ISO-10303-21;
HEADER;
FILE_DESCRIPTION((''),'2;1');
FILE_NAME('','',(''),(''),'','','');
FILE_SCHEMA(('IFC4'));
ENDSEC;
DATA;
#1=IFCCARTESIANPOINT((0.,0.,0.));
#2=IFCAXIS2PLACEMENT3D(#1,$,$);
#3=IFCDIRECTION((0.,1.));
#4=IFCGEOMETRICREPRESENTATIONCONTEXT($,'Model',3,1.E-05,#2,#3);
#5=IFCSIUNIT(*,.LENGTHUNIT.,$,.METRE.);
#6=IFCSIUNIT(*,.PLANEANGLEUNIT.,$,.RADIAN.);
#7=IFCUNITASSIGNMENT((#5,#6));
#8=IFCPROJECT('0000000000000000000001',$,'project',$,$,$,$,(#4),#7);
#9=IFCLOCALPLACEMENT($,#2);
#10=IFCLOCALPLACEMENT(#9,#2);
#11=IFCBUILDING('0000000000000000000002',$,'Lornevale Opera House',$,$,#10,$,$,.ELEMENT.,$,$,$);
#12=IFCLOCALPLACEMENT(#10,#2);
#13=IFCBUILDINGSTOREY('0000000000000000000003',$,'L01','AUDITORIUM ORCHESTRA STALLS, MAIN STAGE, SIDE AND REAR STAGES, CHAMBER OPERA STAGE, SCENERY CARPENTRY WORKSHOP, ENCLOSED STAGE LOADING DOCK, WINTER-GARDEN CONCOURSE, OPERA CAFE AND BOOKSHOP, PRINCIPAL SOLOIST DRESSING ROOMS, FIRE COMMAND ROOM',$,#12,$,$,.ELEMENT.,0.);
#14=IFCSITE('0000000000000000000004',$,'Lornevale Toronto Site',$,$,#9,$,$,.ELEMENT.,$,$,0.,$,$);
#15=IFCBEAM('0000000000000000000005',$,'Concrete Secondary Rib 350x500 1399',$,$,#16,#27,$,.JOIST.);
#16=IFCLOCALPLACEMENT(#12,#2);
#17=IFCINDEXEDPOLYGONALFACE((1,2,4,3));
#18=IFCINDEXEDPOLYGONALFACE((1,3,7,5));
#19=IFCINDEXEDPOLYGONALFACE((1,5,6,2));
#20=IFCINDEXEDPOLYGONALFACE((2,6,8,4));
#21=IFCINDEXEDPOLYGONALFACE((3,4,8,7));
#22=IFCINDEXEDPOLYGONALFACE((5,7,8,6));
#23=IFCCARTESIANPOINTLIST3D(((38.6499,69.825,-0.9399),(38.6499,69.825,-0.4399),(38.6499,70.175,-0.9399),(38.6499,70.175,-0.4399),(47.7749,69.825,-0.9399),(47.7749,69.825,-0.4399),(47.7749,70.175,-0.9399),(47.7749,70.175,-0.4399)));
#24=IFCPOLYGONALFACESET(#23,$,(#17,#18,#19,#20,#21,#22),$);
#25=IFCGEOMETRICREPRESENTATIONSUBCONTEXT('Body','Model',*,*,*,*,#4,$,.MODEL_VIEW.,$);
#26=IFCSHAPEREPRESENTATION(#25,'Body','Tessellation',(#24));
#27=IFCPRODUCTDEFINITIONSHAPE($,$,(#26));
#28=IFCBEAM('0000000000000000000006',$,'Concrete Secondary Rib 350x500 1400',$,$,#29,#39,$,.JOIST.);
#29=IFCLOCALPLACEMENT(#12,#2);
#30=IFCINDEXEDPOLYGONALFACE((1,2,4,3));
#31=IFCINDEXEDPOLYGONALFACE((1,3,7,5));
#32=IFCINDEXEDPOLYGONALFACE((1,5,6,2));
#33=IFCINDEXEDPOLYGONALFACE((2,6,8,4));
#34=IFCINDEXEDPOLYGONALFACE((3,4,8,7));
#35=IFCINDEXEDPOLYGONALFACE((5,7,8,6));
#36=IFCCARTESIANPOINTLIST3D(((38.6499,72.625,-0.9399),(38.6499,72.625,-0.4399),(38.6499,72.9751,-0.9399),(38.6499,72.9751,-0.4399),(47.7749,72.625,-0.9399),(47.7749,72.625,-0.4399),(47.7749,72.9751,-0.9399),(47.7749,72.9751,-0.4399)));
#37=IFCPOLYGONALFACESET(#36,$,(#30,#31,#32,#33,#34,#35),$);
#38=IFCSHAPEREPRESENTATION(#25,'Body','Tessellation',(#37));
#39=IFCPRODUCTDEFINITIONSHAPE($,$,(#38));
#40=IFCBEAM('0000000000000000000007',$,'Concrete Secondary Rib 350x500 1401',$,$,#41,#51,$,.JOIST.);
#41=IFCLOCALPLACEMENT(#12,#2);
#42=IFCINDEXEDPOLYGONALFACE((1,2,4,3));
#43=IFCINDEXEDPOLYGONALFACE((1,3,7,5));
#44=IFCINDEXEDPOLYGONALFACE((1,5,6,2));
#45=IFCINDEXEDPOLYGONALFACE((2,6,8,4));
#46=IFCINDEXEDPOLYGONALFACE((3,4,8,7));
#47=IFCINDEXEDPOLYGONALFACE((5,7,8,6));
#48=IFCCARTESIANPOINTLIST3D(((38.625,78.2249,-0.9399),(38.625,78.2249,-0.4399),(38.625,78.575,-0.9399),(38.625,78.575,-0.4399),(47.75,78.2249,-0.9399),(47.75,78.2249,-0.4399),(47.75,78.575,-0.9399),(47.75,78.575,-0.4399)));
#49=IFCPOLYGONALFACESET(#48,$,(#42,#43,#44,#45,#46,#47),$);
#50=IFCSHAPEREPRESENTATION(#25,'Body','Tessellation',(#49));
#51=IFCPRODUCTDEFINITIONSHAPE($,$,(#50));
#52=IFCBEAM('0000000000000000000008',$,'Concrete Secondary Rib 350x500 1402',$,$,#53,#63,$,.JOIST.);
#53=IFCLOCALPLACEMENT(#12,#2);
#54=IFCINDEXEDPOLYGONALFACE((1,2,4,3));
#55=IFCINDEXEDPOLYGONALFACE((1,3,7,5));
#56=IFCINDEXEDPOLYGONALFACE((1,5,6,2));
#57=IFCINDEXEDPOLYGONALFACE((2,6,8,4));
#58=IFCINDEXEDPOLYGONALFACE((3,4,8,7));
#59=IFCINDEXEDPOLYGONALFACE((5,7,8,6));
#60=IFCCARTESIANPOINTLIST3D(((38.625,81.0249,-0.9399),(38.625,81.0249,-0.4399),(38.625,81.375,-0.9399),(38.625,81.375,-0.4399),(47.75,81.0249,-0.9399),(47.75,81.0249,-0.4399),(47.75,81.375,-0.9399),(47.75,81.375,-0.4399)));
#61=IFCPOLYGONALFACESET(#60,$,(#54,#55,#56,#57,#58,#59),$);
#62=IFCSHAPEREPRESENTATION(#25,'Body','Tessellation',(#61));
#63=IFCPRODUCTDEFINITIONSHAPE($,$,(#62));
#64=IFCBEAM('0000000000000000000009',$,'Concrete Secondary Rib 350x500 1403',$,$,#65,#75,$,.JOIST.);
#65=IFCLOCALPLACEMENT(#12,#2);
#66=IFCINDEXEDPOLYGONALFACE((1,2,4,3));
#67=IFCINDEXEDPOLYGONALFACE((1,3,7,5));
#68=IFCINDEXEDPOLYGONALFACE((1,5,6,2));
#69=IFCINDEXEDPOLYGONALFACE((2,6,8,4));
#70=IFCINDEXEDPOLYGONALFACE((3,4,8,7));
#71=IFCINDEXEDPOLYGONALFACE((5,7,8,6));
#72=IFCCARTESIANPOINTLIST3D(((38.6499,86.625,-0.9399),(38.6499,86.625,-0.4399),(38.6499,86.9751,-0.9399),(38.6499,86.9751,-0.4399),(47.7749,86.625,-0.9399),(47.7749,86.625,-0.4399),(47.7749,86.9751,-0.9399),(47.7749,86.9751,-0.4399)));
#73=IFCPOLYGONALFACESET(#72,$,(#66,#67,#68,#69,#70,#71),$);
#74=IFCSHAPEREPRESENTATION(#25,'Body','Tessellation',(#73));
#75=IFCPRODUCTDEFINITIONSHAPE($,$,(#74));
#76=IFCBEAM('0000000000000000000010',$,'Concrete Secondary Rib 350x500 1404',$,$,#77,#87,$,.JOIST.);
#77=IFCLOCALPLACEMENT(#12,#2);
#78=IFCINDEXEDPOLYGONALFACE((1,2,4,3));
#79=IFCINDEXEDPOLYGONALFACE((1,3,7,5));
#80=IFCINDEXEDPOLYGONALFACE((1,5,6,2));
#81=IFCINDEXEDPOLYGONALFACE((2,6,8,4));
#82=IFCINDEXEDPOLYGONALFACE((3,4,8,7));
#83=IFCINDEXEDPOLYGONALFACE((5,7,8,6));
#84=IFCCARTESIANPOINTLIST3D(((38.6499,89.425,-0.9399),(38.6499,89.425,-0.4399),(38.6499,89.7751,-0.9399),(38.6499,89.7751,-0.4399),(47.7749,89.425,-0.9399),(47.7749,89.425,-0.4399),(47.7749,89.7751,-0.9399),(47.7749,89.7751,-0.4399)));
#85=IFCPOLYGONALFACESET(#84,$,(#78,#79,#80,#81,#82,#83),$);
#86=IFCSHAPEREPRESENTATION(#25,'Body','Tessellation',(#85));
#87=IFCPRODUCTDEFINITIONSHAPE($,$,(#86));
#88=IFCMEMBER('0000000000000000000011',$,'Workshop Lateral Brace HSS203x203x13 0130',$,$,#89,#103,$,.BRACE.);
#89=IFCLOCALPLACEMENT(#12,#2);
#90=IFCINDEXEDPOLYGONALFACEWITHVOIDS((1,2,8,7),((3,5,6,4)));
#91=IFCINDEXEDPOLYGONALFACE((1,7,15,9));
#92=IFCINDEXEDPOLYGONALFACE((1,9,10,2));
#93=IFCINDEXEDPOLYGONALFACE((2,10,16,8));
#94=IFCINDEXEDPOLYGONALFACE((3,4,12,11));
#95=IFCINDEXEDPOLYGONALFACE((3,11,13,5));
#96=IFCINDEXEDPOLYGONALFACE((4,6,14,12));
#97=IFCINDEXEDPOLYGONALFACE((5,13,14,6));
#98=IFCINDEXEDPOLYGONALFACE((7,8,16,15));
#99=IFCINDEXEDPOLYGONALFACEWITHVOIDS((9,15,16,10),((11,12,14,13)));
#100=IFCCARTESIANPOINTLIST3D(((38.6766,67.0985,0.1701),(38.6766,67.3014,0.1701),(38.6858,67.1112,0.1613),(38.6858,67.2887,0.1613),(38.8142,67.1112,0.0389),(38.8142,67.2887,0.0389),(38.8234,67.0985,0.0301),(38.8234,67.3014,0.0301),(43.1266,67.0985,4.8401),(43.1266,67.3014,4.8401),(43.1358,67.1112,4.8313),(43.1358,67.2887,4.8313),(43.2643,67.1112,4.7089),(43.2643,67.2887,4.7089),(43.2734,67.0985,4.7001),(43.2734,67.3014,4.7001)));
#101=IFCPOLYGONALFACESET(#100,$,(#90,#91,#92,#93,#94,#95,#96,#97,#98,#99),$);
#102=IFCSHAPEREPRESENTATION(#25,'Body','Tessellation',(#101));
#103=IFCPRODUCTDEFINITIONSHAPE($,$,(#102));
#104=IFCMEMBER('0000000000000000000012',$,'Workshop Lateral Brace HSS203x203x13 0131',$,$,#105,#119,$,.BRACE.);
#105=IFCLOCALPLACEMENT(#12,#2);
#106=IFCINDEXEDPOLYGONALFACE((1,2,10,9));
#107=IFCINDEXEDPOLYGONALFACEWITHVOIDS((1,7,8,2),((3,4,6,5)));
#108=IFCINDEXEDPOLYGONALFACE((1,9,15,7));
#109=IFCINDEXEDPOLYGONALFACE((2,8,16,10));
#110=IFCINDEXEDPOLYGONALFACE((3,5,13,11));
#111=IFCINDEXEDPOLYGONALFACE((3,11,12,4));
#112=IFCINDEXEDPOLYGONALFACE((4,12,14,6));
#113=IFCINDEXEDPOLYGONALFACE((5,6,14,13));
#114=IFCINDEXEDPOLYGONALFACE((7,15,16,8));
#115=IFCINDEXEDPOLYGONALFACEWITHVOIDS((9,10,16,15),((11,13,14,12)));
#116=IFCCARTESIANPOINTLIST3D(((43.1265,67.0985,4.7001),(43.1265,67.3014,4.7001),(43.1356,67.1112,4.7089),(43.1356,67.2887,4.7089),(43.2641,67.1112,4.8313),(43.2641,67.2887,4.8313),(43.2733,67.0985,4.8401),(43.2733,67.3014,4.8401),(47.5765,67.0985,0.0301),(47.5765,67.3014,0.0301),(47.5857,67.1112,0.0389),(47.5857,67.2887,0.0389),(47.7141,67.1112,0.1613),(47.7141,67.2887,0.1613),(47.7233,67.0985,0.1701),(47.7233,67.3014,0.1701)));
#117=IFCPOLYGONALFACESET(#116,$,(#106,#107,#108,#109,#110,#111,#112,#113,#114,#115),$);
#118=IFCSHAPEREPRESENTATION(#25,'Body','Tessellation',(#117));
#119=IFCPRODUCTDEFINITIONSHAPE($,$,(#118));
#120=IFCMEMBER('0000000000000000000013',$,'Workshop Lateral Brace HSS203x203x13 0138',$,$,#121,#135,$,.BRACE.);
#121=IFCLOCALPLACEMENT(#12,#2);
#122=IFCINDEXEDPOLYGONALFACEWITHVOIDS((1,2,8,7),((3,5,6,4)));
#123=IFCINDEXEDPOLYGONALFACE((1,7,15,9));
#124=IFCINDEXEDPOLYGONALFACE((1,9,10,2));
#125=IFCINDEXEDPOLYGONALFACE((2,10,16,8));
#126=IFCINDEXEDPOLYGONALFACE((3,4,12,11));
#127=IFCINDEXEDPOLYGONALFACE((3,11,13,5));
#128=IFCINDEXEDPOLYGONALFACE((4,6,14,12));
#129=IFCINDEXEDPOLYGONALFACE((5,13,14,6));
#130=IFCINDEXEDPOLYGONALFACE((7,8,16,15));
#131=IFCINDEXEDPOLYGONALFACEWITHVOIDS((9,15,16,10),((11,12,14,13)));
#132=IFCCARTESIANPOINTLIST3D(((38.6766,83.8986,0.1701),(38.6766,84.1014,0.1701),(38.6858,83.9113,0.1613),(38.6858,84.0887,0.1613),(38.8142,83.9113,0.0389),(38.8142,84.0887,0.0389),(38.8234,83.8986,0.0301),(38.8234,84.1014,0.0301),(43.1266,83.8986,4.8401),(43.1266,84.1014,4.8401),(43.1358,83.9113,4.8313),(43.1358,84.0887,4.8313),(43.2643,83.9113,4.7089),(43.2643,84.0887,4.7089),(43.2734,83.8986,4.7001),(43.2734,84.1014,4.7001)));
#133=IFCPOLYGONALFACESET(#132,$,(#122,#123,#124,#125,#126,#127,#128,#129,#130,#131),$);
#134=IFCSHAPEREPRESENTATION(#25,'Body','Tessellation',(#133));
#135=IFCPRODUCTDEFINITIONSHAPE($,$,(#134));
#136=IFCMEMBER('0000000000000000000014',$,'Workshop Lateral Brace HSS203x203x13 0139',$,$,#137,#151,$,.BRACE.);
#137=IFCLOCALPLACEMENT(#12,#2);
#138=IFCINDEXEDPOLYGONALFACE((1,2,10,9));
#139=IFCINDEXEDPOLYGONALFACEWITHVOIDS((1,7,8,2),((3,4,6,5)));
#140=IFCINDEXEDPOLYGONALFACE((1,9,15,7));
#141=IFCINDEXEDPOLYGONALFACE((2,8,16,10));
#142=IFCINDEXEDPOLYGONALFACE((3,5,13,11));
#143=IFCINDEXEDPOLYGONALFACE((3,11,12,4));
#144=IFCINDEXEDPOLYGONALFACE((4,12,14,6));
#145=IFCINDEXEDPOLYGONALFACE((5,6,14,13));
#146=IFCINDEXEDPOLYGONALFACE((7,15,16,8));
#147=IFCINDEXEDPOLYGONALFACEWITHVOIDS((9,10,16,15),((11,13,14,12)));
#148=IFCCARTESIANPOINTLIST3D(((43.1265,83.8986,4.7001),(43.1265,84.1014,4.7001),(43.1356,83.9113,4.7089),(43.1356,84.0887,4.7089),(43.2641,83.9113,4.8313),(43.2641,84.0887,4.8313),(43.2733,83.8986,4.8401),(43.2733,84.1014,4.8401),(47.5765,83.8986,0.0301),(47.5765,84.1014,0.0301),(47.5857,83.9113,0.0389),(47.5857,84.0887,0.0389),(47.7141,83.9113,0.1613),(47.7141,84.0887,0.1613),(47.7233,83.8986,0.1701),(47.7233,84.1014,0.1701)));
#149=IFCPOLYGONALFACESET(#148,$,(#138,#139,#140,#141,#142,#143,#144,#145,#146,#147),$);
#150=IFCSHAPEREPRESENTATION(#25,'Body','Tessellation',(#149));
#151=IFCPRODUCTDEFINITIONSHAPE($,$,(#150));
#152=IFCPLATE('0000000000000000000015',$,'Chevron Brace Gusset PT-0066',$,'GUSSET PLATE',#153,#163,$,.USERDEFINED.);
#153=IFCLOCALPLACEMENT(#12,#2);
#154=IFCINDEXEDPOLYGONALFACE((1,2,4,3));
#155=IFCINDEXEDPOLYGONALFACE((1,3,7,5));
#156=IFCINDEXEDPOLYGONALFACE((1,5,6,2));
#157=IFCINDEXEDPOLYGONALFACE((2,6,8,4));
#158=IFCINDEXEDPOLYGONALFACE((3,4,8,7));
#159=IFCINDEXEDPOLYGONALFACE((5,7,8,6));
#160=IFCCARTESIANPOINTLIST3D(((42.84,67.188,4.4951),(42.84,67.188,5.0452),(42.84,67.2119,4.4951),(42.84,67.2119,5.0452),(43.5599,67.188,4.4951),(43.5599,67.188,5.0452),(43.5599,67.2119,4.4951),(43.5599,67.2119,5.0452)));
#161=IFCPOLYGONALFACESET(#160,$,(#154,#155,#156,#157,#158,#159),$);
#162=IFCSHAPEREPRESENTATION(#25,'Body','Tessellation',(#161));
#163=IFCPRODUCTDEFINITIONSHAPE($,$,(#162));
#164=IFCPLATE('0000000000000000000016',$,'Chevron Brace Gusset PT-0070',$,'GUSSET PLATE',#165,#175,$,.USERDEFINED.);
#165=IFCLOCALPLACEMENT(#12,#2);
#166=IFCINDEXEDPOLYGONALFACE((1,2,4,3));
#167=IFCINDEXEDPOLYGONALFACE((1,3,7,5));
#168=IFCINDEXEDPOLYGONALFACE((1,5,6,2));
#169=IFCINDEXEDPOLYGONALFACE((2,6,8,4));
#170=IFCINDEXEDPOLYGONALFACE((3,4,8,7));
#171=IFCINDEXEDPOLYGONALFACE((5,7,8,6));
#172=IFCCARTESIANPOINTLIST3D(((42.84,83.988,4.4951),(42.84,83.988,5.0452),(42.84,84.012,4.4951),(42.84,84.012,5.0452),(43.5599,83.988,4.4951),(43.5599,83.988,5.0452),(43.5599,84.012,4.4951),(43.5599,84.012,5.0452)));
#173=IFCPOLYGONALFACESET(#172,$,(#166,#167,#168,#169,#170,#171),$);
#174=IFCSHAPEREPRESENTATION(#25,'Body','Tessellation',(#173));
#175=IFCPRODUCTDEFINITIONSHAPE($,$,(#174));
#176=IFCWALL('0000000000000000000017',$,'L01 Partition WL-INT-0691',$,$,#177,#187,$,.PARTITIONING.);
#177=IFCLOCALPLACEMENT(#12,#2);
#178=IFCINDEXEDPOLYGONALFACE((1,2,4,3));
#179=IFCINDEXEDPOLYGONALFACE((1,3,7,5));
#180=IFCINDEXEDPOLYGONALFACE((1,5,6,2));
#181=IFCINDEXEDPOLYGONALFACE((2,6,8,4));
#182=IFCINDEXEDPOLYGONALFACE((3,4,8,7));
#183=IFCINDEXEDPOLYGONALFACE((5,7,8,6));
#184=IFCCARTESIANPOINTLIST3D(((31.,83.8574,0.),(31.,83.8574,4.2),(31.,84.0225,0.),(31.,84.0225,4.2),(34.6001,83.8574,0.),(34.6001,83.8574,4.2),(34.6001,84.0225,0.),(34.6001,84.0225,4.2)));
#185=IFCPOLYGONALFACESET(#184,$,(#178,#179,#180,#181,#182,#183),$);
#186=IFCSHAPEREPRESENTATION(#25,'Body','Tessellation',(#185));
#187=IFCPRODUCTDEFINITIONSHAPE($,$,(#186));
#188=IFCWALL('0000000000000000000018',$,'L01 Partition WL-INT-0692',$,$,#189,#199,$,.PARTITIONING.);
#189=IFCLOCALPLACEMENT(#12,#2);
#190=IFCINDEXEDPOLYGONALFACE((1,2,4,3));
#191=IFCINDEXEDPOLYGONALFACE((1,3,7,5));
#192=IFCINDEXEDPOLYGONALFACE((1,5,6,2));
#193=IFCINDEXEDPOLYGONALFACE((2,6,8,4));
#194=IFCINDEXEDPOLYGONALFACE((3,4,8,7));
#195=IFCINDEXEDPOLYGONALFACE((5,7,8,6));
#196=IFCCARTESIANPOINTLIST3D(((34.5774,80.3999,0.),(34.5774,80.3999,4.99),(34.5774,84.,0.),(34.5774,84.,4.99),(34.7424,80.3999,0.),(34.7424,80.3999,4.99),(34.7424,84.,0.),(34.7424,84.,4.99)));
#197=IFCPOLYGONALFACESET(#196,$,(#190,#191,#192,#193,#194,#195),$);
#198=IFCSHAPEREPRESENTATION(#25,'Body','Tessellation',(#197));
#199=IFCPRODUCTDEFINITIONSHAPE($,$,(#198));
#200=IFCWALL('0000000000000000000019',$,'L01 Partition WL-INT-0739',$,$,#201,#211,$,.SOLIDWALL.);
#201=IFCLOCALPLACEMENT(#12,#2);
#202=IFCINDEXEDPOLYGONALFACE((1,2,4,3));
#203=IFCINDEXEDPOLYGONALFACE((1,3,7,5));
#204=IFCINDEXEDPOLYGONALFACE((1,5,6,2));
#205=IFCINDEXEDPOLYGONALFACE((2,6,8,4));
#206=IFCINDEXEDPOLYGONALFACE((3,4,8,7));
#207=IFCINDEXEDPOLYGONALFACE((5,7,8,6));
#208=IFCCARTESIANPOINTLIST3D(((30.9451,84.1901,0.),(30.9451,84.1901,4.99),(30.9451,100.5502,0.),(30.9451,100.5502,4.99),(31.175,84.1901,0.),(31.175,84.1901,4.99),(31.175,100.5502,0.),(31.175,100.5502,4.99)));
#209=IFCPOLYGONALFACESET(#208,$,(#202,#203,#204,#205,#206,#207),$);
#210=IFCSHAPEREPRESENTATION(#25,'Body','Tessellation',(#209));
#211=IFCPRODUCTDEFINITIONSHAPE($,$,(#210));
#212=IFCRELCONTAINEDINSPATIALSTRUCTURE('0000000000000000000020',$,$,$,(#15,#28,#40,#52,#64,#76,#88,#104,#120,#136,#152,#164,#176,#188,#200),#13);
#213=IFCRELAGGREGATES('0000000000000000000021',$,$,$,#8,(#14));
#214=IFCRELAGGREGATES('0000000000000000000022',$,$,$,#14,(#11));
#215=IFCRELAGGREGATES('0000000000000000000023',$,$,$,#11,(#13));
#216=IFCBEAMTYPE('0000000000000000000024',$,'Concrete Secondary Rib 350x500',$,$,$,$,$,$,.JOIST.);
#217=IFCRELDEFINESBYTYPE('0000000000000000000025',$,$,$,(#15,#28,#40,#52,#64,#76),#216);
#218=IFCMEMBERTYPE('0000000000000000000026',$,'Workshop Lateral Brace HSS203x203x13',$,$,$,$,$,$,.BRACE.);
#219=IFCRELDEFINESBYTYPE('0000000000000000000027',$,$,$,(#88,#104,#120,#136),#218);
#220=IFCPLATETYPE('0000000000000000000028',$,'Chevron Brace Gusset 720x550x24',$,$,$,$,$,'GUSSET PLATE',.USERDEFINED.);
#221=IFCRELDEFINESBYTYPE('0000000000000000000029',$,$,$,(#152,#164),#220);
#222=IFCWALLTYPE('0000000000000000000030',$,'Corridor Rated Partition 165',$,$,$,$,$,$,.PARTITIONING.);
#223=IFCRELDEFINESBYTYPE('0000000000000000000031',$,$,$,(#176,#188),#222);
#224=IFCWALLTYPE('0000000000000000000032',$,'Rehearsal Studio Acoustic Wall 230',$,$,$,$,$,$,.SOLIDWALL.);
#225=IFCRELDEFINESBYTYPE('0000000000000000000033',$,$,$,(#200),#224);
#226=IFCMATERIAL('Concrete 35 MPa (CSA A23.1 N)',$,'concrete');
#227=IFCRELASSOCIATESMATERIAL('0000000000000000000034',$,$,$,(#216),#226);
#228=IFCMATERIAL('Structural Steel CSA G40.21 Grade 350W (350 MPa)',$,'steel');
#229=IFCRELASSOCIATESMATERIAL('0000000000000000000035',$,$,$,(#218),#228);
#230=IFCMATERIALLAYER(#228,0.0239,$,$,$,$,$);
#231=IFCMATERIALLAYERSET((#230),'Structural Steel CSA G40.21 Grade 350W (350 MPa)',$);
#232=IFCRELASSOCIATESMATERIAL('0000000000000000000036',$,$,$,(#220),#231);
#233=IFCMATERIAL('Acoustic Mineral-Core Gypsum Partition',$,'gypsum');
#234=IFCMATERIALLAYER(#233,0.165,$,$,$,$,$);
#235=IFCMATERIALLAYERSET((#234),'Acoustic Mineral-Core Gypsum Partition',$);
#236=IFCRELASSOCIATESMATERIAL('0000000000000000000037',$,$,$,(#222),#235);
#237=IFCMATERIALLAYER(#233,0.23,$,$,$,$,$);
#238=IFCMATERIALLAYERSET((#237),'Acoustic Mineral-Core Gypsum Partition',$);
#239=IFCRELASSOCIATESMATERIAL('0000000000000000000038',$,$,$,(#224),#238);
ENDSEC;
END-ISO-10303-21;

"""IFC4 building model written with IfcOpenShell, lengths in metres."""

from ifc_helpers import new_model, si_unit, direction, frame, frame_2d, origin, origin_2d, place, context, subcontext, project, spatial, rectangle, hollow_rectangle, extrude, material, layer, layer_set, material_profile, profile_set, type_object, element, save


model = new_model("IFC4")

# Units and contexts
model_context = context("Model", 3, precision=1e-05, world=origin(), true_north=direction((0.0, 1.0)))
body_context = subcontext(model_context, "Body", "Model", "MODEL_VIEW")
ifc_project = project(units=[si_unit("LENGTHUNIT", "METRE"), si_unit("PLANEANGLEUNIT", "RADIAN")], contexts=[model_context])

# Site, building, storey
site_placement = place(None, origin())
site = spatial("IfcSite", under=ifc_project, at=site_placement, Name="Lornevale Toronto Site", CompositionType="ELEMENT", RefElevation=0.0)
building_placement = place(site_placement, origin())
building = spatial("IfcBuilding", under=site, at=building_placement, Name="Lornevale Opera House", CompositionType="ELEMENT")
storey_placement = place(building_placement, origin())
storey = spatial("IfcBuildingStorey", under=building, at=storey_placement, Name="L01", Description="AUDITORIUM ORCHESTRA STALLS, MAIN STAGE, SIDE AND REAR STAGES, CHAMBER OPERA STAGE, SCENERY CARPENTRY WORKSHOP, ENCLOSED STAGE LOADING DOCK, WINTER-GARDEN CONCOURSE, OPERA CAFE AND BOOKSHOP, PRINCIPAL SOLOIST DRESSING ROOMS, FIRE COMMAND ROOM", CompositionType="ELEMENT", Elevation=0.0)

# Beams
ifc_material_1 = material(Name="Concrete 35 MPa (CSA A23.1 N)", Category="concrete")
ifc_material_profile_1 = material_profile(ifc_material_1, rectangle(XDim=0.3501, YDim=0.5, at=origin_2d()), Name="RC350x500")
ifc_profile_set_1 = profile_set([ifc_material_profile_1], Name="Concrete 35 MPa (CSA A23.1 N)")
beam_type_1 = type_object("IfcBeamType", Name="Concrete Secondary Rib 350x500", PredefinedType="JOIST", material=ifc_profile_set_1)
for number, where, z_axis, x_axis, name in (
    (1, (38.6499, 70.0, -0.6899), (1.0, 0.0, 0.0), (0.0, 1.0, 0.0), "Concrete Secondary Rib 350x500 1399"),
    (2, (38.6499, 72.8, -0.6899), (1.0, 0.0, 0.0), (0.0, 1.0, 0.0), "Concrete Secondary Rib 350x500 1400"),
    (3, (38.625, 78.3999, -0.6899), (1.0, 0.0, 0.0), (0.0, 1.0, 0.0), "Concrete Secondary Rib 350x500 1401"),
    (4, (38.625, 81.2, -0.6899), (1.0, 0.0, 0.0), (0.0, 1.0, 0.0), "Concrete Secondary Rib 350x500 1402"),
    (5, (38.6499, 86.8, -0.6899), (1.0, 0.0, 0.0), (0.0, 1.0, 0.0), "Concrete Secondary Rib 350x500 1403"),
    (6, (38.6499, 89.6001, -0.6899), (1.0, 0.0, 0.0), (0.0, 1.0, 0.0), "Concrete Secondary Rib 350x500 1404"),
):
    element("IfcBeam", number, at=place(storey_placement, frame(where, z_axis=z_axis, x_axis=x_axis)), inside=storey, type_object=beam_type_1, Name=name, PredefinedType="JOIST", context=body_context, shape_type="SweptSolid", body=[
        extrude(rectangle(XDim=0.3501, YDim=0.5, at=origin_2d()), origin(), (0.0, 0.0, 1.0), 9.125),
    ])

# Members
ifc_material_2 = material(Name="Structural Steel CSA G40.21 Grade 350W (350 MPa)", Category="steel")
ifc_material_profile_2 = material_profile(ifc_material_2, hollow_rectangle(XDim=0.2029, YDim=0.2029, WallThickness=0.0127, at=origin_2d()), Name="HSS203x203x13")
ifc_profile_set_2 = profile_set([ifc_material_profile_2], Name="Structural Steel CSA G40.21 Grade 350W (350 MPa)")
member_type = type_object("IfcMemberType", Name="Workshop Lateral Brace HSS203x203x13", PredefinedType="BRACE", material=ifc_profile_set_2)
for number, where, z_axis, x_axis, name in (
    (7, (38.75, 67.2, 0.1001), (0.689851, 0.0, 0.723952), (0.0, 1.0, 0.0), "Workshop Lateral Brace HSS203x203x13 0130"),
    (8, (47.6499, 67.2, 0.1001), (-0.689851, 0.0, 0.723952), (0.0, -1.0, 0.0), "Workshop Lateral Brace HSS203x203x13 0131"),
    (9, (38.75, 84.0, 0.1001), (0.689851, 0.0, 0.723952), (0.0, 1.0, 0.0), "Workshop Lateral Brace HSS203x203x13 0138"),
    (10, (47.6499, 84.0, 0.1001), (-0.689851, 0.0, 0.723952), (0.0, -1.0, 0.0), "Workshop Lateral Brace HSS203x203x13 0139"),
):
    element("IfcMember", number, at=place(storey_placement, frame(where, z_axis=z_axis, x_axis=x_axis)), inside=storey, type_object=member_type, Name=name, PredefinedType="BRACE", context=body_context, shape_type="SweptSolid", body=[
        extrude(hollow_rectangle(XDim=0.2029, YDim=0.2029, WallThickness=0.0127, at=origin_2d()), origin(), (0.0, 0.0, 1.0), 6.4507),
    ])

# Plates
ifc_layer_1 = layer(ifc_material_2, 0.0239)
ifc_layer_set_1 = layer_set([ifc_layer_1], Name="Structural Steel CSA G40.21 Grade 350W (350 MPa)")
plate_type = type_object("IfcPlateType", Name="Chevron Brace Gusset 720x550x24", ElementType="GUSSET PLATE", PredefinedType="USERDEFINED", material=ifc_layer_set_1)
for number, where, z_axis, x_axis, name in (
    (11, (43.2, 67.2, 4.4951), (0.0, 0.0, 1.0), (1.0, 0.0, 0.0), "Chevron Brace Gusset PT-0066"),
    (12, (43.2, 84.0, 4.4951), (0.0, 0.0, 1.0), (1.0, 0.0, 0.0), "Chevron Brace Gusset PT-0070"),
):
    element("IfcPlate", number, at=place(storey_placement, frame(where, z_axis=z_axis, x_axis=x_axis)), inside=storey, type_object=plate_type, Name=name, ObjectType="GUSSET PLATE", PredefinedType="USERDEFINED", context=body_context, shape_type="SweptSolid", body=[
        extrude(rectangle(XDim=0.72, YDim=0.0239, at=origin_2d()), origin(), (0.0, 0.0, 1.0), 0.55),
    ])

# Walls
ifc_material_3 = material(Name="Acoustic Mineral-Core Gypsum Partition", Category="gypsum")
ifc_layer_2 = layer(ifc_material_3, 0.165)
ifc_layer_set_2 = layer_set([ifc_layer_2], Name="Acoustic Mineral-Core Gypsum Partition")
wall_type_1 = type_object("IfcWallType", Name="Corridor Rated Partition 165", PredefinedType="PARTITIONING", material=ifc_layer_set_2)
wall_1_placement = place(storey_placement, frame((31.0, 83.9399, 0.0), z_axis=(0.0, 0.0, 1.0), x_axis=(1.0, 0.0, 0.0)))
element("IfcWall", 13, at=wall_1_placement, inside=storey, type_object=wall_type_1, Name="L01 Partition WL-INT-0691", PredefinedType="PARTITIONING", context=body_context, shape_type="SweptSolid", body=[
    extrude(rectangle(XDim=3.6001, YDim=0.165, at=frame_2d((1.8, 0.0))), origin(), (0.0, 0.0, 1.0), 4.2),
])
wall_2_placement = place(storey_placement, frame((34.6599, 80.3999, 0.0), z_axis=(0.0, 0.0, 1.0), x_axis=(0.0, 1.0, 0.0)))
element("IfcWall", 14, at=wall_2_placement, inside=storey, type_object=wall_type_1, Name="L01 Partition WL-INT-0692", PredefinedType="PARTITIONING", context=body_context, shape_type="SweptSolid", body=[
    extrude(rectangle(XDim=3.6001, YDim=0.165, at=frame_2d((1.8, 0.0))), origin(), (0.0, 0.0, 1.0), 4.99),
])
ifc_layer_3 = layer(ifc_material_3, 0.23)
ifc_layer_set_3 = layer_set([ifc_layer_3], Name="Acoustic Mineral-Core Gypsum Partition")
wall_type_2 = type_object("IfcWallType", Name="Rehearsal Studio Acoustic Wall 230", PredefinedType="SOLIDWALL", material=ifc_layer_set_3)
wall_3_placement = place(storey_placement, frame((31.0601, 84.1899, 0.0), z_axis=(0.0, 0.0, 1.0), x_axis=(0.0, 1.0, 0.0)))
element("IfcWall", 15, at=wall_3_placement, inside=storey, type_object=wall_type_2, Name="L01 Partition WL-INT-0739", PredefinedType="SOLIDWALL", context=body_context, shape_type="SweptSolid", body=[
    extrude(rectangle(XDim=16.3601, YDim=0.23, at=frame_2d((8.1802, 0.0))), origin(), (0.0, 0.0, 1.0), 4.99),
])

save(model, "model.ifc")
